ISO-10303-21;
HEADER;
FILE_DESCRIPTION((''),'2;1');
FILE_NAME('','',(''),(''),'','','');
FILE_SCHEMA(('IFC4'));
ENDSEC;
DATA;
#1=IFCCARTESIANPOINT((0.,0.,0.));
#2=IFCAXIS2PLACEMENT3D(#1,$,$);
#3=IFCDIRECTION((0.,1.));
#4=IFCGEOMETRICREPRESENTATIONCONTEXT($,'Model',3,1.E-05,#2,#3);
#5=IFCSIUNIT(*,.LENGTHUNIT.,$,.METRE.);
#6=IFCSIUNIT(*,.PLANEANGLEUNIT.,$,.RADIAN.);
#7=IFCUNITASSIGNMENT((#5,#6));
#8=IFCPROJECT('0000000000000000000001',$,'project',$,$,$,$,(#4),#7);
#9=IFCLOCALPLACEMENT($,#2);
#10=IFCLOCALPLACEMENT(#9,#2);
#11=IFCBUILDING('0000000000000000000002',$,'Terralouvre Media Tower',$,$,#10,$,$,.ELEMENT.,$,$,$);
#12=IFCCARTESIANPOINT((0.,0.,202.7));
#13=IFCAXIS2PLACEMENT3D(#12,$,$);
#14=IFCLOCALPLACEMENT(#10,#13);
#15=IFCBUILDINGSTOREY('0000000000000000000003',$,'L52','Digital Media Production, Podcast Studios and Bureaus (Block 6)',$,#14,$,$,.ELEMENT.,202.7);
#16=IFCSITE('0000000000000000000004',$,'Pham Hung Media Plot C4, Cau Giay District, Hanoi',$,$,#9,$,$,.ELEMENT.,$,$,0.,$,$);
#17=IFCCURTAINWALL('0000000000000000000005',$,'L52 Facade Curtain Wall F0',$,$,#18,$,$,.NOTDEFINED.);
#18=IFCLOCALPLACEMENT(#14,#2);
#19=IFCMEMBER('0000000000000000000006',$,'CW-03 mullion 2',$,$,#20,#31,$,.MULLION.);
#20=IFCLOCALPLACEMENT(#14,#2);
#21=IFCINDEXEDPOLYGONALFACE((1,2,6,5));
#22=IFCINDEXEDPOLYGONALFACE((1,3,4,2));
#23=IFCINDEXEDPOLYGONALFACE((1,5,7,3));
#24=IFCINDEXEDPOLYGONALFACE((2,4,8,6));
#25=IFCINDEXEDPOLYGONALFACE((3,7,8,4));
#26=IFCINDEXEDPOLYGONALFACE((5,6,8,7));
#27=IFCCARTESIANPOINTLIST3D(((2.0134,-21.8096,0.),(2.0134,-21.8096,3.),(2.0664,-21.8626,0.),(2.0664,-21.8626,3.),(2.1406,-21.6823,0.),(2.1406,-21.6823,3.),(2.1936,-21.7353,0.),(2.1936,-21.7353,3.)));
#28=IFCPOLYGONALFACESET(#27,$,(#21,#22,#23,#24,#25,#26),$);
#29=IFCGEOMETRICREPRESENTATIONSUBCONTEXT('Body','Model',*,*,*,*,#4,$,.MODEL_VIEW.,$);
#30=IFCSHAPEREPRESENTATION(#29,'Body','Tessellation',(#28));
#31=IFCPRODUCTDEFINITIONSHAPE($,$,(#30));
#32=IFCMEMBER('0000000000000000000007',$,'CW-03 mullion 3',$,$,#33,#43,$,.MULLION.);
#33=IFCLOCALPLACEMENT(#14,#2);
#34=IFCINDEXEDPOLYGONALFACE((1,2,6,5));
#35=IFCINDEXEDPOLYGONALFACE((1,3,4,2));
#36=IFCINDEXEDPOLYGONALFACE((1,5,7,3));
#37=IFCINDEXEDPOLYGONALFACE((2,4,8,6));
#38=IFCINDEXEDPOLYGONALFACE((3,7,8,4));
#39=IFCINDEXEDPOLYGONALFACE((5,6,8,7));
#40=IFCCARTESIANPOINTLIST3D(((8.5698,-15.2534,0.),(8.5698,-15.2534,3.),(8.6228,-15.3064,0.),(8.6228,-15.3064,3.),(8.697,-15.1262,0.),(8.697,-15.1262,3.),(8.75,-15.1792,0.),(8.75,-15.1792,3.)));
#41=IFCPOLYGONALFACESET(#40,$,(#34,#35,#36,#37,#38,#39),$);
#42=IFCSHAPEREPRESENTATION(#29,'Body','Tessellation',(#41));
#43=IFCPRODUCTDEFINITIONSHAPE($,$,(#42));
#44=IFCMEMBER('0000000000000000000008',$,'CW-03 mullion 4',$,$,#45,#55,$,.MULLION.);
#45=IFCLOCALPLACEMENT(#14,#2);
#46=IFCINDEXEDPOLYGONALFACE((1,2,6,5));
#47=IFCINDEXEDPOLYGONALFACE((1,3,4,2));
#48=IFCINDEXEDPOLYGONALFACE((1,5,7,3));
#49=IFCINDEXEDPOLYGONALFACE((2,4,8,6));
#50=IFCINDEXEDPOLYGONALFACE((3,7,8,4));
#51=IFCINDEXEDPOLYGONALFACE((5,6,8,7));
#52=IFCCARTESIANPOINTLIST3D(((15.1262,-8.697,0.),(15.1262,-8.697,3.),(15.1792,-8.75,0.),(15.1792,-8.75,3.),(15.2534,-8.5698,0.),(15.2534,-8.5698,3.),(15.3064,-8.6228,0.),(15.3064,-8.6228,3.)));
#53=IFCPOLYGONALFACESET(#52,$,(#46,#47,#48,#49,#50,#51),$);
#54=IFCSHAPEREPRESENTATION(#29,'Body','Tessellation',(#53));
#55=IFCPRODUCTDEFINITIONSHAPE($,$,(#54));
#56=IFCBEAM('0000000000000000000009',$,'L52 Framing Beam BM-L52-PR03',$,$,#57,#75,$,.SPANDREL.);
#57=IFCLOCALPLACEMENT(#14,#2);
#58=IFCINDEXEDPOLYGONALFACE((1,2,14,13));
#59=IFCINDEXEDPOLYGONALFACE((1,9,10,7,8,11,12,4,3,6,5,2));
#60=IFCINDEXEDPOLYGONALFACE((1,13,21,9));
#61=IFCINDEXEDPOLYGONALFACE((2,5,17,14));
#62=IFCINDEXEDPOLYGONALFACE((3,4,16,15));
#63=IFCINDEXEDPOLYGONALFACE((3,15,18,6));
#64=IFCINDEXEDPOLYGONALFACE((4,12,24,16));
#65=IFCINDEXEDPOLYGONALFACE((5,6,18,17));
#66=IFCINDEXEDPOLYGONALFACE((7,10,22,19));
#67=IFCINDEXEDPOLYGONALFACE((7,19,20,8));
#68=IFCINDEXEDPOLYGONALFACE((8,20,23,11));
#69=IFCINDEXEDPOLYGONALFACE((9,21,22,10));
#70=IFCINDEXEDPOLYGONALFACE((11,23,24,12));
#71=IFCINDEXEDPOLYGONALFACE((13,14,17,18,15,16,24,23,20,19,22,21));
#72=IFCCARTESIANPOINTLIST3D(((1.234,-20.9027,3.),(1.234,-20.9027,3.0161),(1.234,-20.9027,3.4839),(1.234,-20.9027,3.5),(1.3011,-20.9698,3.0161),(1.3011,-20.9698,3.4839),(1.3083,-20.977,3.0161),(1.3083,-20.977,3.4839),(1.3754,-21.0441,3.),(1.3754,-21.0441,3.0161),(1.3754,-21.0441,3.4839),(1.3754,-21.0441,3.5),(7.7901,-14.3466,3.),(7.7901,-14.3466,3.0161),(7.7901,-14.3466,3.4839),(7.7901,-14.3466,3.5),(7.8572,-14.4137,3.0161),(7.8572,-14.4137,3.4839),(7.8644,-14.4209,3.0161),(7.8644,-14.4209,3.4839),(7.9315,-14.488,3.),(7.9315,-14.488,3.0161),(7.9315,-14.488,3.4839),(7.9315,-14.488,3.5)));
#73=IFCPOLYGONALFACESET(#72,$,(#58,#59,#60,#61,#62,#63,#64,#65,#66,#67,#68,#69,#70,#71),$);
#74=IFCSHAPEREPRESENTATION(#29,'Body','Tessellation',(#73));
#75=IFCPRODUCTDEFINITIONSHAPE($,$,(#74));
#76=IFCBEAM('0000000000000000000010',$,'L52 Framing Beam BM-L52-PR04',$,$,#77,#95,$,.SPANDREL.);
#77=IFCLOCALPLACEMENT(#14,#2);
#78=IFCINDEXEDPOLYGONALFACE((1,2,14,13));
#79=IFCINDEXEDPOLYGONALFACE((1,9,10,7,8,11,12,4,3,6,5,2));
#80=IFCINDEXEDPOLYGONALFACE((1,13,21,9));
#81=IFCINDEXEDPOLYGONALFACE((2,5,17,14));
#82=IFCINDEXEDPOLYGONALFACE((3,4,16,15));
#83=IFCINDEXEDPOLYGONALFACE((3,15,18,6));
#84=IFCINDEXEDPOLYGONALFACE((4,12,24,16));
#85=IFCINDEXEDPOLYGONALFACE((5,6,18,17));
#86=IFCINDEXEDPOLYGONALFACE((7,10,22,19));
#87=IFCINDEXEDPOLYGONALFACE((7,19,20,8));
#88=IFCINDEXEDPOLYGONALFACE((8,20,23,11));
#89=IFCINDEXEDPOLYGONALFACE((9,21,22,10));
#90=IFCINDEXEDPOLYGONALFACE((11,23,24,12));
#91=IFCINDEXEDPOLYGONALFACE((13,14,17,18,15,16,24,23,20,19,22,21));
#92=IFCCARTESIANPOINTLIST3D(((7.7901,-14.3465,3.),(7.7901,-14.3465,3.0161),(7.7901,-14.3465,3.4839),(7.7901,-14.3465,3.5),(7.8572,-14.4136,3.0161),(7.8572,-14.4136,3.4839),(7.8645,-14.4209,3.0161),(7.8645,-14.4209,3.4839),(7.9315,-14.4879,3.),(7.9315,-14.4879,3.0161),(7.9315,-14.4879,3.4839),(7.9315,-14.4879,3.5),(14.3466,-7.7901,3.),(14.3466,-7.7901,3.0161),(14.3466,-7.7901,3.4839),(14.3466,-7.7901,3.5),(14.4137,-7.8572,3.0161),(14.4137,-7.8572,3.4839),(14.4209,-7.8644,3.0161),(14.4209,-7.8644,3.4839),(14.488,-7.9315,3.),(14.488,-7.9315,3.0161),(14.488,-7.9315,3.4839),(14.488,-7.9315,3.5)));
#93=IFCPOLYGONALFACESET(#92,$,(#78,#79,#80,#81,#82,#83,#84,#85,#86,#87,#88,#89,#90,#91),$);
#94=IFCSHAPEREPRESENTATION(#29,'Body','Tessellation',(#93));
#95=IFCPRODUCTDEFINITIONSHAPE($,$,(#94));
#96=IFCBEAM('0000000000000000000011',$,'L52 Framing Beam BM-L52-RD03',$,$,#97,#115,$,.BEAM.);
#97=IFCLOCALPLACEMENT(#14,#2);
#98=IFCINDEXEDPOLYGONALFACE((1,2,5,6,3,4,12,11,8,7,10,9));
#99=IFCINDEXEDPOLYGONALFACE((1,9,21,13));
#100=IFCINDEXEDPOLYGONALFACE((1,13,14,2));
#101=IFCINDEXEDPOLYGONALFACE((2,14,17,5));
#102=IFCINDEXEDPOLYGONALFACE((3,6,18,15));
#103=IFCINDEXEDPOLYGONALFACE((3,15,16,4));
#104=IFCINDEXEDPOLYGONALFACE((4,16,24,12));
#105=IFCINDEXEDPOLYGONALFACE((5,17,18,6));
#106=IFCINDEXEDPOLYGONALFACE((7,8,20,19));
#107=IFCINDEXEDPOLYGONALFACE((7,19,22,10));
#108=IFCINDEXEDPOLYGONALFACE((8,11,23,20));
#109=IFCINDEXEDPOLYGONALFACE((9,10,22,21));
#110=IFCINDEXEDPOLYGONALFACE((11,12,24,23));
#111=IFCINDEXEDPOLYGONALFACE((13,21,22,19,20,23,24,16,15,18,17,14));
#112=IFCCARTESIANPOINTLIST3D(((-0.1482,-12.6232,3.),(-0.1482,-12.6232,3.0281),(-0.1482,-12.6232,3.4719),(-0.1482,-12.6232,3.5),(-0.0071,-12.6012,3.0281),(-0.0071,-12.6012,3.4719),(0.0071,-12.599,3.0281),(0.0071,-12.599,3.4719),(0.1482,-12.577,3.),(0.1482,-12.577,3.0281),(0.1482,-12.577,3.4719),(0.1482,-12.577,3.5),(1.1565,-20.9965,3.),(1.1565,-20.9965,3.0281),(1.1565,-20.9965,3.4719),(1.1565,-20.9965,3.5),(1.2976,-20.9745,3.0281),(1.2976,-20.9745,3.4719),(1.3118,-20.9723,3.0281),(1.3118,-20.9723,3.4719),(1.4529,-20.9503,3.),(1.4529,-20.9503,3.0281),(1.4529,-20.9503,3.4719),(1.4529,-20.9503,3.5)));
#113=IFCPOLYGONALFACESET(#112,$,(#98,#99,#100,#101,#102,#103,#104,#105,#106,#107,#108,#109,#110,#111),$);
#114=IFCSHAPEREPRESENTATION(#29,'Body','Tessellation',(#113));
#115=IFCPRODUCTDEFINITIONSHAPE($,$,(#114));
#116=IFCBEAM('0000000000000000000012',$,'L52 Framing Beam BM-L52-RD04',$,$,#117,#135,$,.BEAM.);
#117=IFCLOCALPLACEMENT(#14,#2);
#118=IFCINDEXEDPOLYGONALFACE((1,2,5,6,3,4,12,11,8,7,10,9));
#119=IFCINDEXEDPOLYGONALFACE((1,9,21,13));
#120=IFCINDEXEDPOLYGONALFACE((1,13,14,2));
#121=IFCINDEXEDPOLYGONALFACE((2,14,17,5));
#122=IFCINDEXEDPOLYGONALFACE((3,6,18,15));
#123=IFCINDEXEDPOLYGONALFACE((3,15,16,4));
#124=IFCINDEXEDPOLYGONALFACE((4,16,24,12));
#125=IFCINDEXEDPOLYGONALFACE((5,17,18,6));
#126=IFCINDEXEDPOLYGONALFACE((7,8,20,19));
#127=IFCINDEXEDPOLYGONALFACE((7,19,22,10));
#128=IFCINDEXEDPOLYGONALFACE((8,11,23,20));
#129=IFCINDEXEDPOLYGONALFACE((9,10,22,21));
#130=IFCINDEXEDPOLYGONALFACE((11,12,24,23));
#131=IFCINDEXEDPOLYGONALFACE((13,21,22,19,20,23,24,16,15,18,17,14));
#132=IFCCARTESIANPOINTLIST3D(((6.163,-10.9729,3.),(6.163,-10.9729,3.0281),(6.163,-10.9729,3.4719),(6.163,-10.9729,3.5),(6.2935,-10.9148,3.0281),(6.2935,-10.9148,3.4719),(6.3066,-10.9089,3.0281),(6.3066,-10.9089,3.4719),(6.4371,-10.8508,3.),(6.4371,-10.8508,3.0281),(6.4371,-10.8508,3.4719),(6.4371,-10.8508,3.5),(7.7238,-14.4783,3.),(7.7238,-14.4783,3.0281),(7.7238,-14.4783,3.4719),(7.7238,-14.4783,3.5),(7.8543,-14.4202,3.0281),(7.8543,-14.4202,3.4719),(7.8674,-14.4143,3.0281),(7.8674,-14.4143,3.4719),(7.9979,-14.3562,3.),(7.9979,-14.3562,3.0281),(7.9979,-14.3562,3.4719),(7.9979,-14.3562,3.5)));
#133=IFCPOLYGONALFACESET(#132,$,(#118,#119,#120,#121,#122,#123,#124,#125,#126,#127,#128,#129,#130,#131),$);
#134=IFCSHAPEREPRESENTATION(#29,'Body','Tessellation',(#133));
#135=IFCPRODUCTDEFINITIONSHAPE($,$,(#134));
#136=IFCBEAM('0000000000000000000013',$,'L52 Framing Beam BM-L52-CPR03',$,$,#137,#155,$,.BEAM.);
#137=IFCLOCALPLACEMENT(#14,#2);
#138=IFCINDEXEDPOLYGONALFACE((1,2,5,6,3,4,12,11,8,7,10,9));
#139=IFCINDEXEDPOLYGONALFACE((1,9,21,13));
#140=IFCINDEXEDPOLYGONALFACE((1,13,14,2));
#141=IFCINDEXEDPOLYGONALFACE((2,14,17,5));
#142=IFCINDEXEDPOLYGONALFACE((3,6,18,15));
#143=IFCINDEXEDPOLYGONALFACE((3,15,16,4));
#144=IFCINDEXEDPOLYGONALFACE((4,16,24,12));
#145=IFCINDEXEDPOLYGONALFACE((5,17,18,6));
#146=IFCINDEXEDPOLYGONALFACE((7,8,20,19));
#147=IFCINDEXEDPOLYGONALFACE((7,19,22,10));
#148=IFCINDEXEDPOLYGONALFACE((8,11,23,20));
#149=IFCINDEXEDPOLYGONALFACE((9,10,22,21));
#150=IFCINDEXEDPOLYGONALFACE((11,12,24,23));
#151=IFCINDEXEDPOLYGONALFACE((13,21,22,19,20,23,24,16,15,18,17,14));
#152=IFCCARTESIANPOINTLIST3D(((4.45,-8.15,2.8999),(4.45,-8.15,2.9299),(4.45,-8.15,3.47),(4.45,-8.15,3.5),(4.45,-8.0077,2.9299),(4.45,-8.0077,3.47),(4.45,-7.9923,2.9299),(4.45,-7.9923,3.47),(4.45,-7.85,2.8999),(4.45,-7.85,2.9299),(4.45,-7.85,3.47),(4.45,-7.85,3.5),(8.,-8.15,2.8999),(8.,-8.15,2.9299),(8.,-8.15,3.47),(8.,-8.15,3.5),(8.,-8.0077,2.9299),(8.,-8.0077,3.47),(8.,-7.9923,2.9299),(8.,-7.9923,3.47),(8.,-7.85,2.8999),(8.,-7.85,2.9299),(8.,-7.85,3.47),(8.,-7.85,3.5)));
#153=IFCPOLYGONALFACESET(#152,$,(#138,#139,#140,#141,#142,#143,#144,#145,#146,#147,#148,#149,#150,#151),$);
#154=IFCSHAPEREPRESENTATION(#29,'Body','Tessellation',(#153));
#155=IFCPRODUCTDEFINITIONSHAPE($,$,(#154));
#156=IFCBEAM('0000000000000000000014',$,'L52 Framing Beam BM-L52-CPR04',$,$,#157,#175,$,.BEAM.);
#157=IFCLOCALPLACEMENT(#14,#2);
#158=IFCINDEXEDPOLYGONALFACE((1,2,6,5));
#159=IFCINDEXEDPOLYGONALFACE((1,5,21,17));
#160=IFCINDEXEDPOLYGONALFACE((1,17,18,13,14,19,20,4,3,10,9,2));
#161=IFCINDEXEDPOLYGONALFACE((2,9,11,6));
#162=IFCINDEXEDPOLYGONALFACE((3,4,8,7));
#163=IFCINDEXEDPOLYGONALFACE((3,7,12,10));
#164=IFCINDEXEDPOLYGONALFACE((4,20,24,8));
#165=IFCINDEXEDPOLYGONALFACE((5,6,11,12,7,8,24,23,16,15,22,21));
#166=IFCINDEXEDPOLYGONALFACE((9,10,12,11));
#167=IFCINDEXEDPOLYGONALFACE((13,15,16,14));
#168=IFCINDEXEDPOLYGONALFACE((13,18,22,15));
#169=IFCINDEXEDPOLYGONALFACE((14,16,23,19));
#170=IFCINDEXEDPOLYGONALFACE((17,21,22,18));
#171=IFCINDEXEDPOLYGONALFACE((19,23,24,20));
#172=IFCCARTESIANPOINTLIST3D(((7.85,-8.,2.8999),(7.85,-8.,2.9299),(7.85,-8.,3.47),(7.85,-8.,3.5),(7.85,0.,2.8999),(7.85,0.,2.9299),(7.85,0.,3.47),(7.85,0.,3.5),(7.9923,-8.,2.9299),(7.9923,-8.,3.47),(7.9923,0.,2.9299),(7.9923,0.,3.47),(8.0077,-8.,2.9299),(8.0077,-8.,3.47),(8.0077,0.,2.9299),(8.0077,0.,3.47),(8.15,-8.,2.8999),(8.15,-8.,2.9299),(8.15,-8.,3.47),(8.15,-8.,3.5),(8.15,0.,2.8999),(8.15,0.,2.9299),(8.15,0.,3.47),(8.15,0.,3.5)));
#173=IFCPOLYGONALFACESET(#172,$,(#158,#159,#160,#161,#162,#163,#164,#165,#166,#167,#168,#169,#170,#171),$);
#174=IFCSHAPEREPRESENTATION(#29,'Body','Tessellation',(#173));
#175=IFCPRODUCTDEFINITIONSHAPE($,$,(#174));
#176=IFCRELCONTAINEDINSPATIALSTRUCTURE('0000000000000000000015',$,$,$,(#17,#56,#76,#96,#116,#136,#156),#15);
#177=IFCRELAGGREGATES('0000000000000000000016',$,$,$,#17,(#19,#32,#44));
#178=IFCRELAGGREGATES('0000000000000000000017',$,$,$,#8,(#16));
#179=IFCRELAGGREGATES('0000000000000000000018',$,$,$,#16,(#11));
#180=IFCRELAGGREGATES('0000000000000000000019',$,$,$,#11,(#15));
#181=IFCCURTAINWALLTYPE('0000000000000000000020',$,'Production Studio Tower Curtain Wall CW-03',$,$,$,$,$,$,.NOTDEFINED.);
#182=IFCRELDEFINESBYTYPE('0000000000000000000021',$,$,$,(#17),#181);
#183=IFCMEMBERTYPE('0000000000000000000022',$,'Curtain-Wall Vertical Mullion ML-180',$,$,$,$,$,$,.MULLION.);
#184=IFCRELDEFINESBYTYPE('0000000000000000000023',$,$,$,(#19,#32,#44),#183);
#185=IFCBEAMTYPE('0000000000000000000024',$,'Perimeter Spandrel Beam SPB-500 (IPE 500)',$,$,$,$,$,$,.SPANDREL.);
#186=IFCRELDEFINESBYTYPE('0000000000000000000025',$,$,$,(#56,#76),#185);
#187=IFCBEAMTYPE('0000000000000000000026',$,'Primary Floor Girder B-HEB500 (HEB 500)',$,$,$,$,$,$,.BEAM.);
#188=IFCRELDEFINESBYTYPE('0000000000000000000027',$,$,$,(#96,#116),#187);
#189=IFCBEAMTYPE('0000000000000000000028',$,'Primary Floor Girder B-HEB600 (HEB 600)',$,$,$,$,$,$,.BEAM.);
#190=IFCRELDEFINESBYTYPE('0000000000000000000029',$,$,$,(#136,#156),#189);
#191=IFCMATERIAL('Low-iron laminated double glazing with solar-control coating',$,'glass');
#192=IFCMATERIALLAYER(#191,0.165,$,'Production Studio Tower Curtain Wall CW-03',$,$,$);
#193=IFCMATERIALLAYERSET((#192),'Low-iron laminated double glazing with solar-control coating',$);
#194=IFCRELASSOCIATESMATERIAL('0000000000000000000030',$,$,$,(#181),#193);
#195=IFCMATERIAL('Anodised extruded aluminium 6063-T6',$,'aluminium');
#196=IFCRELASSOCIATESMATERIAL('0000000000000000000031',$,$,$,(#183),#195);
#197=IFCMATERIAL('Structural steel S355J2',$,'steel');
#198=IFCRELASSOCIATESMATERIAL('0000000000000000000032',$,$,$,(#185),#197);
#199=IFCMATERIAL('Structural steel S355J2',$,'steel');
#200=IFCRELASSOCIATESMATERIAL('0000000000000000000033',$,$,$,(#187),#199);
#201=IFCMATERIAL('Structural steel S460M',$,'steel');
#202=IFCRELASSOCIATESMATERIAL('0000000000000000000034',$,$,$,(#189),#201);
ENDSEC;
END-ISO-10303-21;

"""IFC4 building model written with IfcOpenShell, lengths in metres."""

from ifc_helpers import new_model, si_unit, direction, frame, origin, origin_2d, place, context, subcontext, project, spatial, rectangle, i_section, extrude, material, layer, layer_set, material_profile, profile_set, type_object, element, aggregate, save


model = new_model("IFC4")

# Units and contexts
model_context = context("Model", 3, precision=1e-05, world=origin(), true_north=direction((0.0, 1.0)))
body_context = subcontext(model_context, "Body", "Model", "MODEL_VIEW")
ifc_project = project(units=[si_unit("LENGTHUNIT", "METRE"), si_unit("PLANEANGLEUNIT", "RADIAN")], contexts=[model_context])

# Site, building, storey
site_placement = place(None, origin())
site = spatial("IfcSite", under=ifc_project, at=site_placement, Name="Pham Hung Media Plot C4, Cau Giay District, Hanoi", CompositionType="ELEMENT", RefElevation=0.0)
building_placement = place(site_placement, origin())
building = spatial("IfcBuilding", under=site, at=building_placement, Name="Terralouvre Media Tower", CompositionType="ELEMENT")
storey_placement = place(building_placement, frame((0.0, 0.0, 202.7)))
storey = spatial("IfcBuildingStorey", under=building, at=storey_placement, Name="L52", Description="Digital Media Production, Podcast Studios and Bureaus (Block 6)", CompositionType="ELEMENT", Elevation=202.7)

# Curtain wall, members
ifc_material_1 = material(Name="Low-iron laminated double glazing with solar-control coating", Category="glass")
ifc_layer_1 = layer(ifc_material_1, 0.165, Name="Production Studio Tower Curtain Wall CW-03")
ifc_layer_set_1 = layer_set([ifc_layer_1], Name="Low-iron laminated double glazing with solar-control coating")
curtain_wall_type = type_object("IfcCurtainWallType", Name="Production Studio Tower Curtain Wall CW-03", PredefinedType="NOTDEFINED", material=ifc_layer_set_1)
curtain_wall_placement = place(storey_placement, origin())
curtain_wall = element("IfcCurtainWall", 1, at=curtain_wall_placement, inside=storey, type_object=curtain_wall_type, Name="L52 Facade Curtain Wall F0", PredefinedType="NOTDEFINED")
ifc_material_2 = material(Name="Anodised extruded aluminium 6063-T6", Category="aluminium")
ifc_material_profile_1 = material_profile(ifc_material_2, rectangle(XDim=0.075, YDim=0.1799, at=origin_2d()), Name="ALU 75x180")
ifc_profile_set_1 = profile_set([ifc_material_profile_1], Name="Anodised extruded aluminium 6063-T6")
member_type_1 = type_object("IfcMemberType", Name="Curtain-Wall Vertical Mullion ML-180", PredefinedType="MULLION", material=ifc_profile_set_1)
member_1_placement = place(storey_placement, frame((2.1035, -21.7725, 0.0), z_axis=(0.0, 0.0, 1.0), x_axis=(-0.707107, 0.707107, 0.0)))
member_1 = element("IfcMember", 2, at=member_1_placement, type_object=member_type_1, Name="CW-03 mullion 2", PredefinedType="MULLION", context=body_context, shape_type="SweptSolid", body=[
    extrude(rectangle(XDim=0.075, YDim=0.1799, at=origin_2d()), origin(), (0.0, 0.0, 1.0), 3.0),
])
member_2_placement = place(storey_placement, frame((8.6599, -15.2163, 0.0), z_axis=(0.0, 0.0, 1.0), x_axis=(-0.707107, 0.707107, 0.0)))
member_2 = element("IfcMember", 3, at=member_2_placement, type_object=member_type_1, Name="CW-03 mullion 3", PredefinedType="MULLION", context=body_context, shape_type="SweptSolid", body=[
    extrude(rectangle(XDim=0.075, YDim=0.1799, at=origin_2d()), origin(), (0.0, 0.0, 1.0), 3.0),
])
member_3_placement = place(storey_placement, frame((15.2163, -8.6599, 0.0), z_axis=(0.0, 0.0, 1.0), x_axis=(-0.707107, 0.707107, 0.0)))
member_3 = element("IfcMember", 4, at=member_3_placement, type_object=member_type_1, Name="CW-03 mullion 4", PredefinedType="MULLION", context=body_context, shape_type="SweptSolid", body=[
    extrude(rectangle(XDim=0.075, YDim=0.1799, at=origin_2d()), origin(), (0.0, 0.0, 1.0), 3.0),
])

# Beams
ifc_material_3 = material(Name="Structural steel S355J2", Category="steel")
ifc_material_profile_2 = material_profile(ifc_material_3, i_section(OverallWidth=0.2, OverallDepth=0.5, WebThickness=0.0103, FlangeThickness=0.0161, at=origin_2d()), Name="IPE 500")
ifc_profile_set_2 = profile_set([ifc_material_profile_2], Name="Structural steel S355J2")
beam_type_1 = type_object("IfcBeamType", Name="Perimeter Spandrel Beam SPB-500 (IPE 500)", PredefinedType="SPANDREL", material=ifc_profile_set_2)
beam_1_placement = place(storey_placement, frame((1.3047, -20.9734, 3.25), z_axis=(0.707107, 0.707107, 0.0), x_axis=(-0.707107, 0.707107, 0.0)))
element("IfcBeam", 5, at=beam_1_placement, inside=storey, type_object=beam_type_1, Name="L52 Framing Beam BM-L52-PR03", PredefinedType="SPANDREL", context=body_context, shape_type="SweptSolid", body=[
    extrude(i_section(OverallWidth=0.2, OverallDepth=0.5, WebThickness=0.0103, FlangeThickness=0.0161, at=origin_2d()), origin(), (0.0, 0.0, 1.0), 9.2717),
])
beam_2_placement = place(storey_placement, frame((7.8608, -14.4172, 3.25), z_axis=(0.707107, 0.707107, 0.0), x_axis=(-0.707107, 0.707107, 0.0)))
element("IfcBeam", 6, at=beam_2_placement, inside=storey, type_object=beam_type_1, Name="L52 Framing Beam BM-L52-PR04", PredefinedType="SPANDREL", context=body_context, shape_type="SweptSolid", body=[
    extrude(i_section(OverallWidth=0.2, OverallDepth=0.5, WebThickness=0.0103, FlangeThickness=0.0161, at=origin_2d()), origin(), (0.0, 0.0, 1.0), 9.2722),
])
ifc_material_4 = material(Name="Structural steel S355J2", Category="steel")
ifc_material_profile_3 = material_profile(ifc_material_4, i_section(OverallWidth=0.3, OverallDepth=0.5, WebThickness=0.0144, FlangeThickness=0.0281, at=origin_2d()), Name="HEB 500")
ifc_profile_set_3 = profile_set([ifc_material_profile_3], Name="Structural steel S355J2")
beam_type_2 = type_object("IfcBeamType", Name="Primary Floor Girder B-HEB500 (HEB 500)", PredefinedType="BEAM", material=ifc_profile_set_3)
beam_3_placement = place(storey_placement, frame((0.0, -12.6001, 3.25), z_axis=(0.153958, -0.988077, 0.0), x_axis=(0.988077, 0.153958, 0.0)))
element("IfcBeam", 7, at=beam_3_placement, inside=storey, type_object=beam_type_2, Name="L52 Framing Beam BM-L52-RD03", PredefinedType="BEAM", context=body_context, shape_type="SweptSolid", body=[
    extrude(i_section(OverallWidth=0.3, OverallDepth=0.5, WebThickness=0.0144, FlangeThickness=0.0281, at=origin_2d()), origin(), (0.0, 0.0, 1.0), 8.4744),
])
beam_4_placement = place(storey_placement, frame((6.3, -10.9119, 3.25), z_axis=(0.406758, -0.913536, 0.0), x_axis=(0.913536, 0.406758, 0.0)))
element("IfcBeam", 8, at=beam_4_placement, inside=storey, type_object=beam_type_2, Name="L52 Framing Beam BM-L52-RD04", PredefinedType="BEAM", context=body_context, shape_type="SweptSolid", body=[
    extrude(i_section(OverallWidth=0.3, OverallDepth=0.5, WebThickness=0.0144, FlangeThickness=0.0281, at=origin_2d()), origin(), (0.0, 0.0, 1.0), 3.8372),
])
ifc_material_5 = material(Name="Structural steel S460M", Category="steel")
ifc_material_profile_4 = material_profile(ifc_material_5, i_section(OverallWidth=0.3, OverallDepth=0.6001, WebThickness=0.0154, FlangeThickness=0.03, at=origin_2d()), Name="HEB 600")
ifc_profile_set_4 = profile_set([ifc_material_profile_4], Name="Structural steel S460M")
beam_type_3 = type_object("IfcBeamType", Name="Primary Floor Girder B-HEB600 (HEB 600)", PredefinedType="BEAM", material=ifc_profile_set_4)
beam_5_placement = place(storey_placement, frame((4.45, -8.0, 3.2), z_axis=(1.0, 0.0, 0.0), x_axis=(0.0, 1.0, 0.0)))
element("IfcBeam", 9, at=beam_5_placement, inside=storey, type_object=beam_type_3, Name="L52 Framing Beam BM-L52-CPR03", PredefinedType="BEAM", context=body_context, shape_type="SweptSolid", body=[
    extrude(i_section(OverallWidth=0.3, OverallDepth=0.6001, WebThickness=0.0154, FlangeThickness=0.03, at=origin_2d()), origin(), (0.0, 0.0, 1.0), 3.55),
])
beam_6_placement = place(storey_placement, frame((8.0, -8.0, 3.2), z_axis=(0.0, 1.0, 0.0), x_axis=(-1.0, 0.0, 0.0)))
element("IfcBeam", 10, at=beam_6_placement, inside=storey, type_object=beam_type_3, Name="L52 Framing Beam BM-L52-CPR04", PredefinedType="BEAM", context=body_context, shape_type="SweptSolid", body=[
    extrude(i_section(OverallWidth=0.3, OverallDepth=0.6001, WebThickness=0.0154, FlangeThickness=0.03, at=origin_2d()), origin(), (0.0, 0.0, 1.0), 8.0),
])

aggregate(curtain_wall, [member_1, member_2, member_3])

save(model, "model.ifc")
